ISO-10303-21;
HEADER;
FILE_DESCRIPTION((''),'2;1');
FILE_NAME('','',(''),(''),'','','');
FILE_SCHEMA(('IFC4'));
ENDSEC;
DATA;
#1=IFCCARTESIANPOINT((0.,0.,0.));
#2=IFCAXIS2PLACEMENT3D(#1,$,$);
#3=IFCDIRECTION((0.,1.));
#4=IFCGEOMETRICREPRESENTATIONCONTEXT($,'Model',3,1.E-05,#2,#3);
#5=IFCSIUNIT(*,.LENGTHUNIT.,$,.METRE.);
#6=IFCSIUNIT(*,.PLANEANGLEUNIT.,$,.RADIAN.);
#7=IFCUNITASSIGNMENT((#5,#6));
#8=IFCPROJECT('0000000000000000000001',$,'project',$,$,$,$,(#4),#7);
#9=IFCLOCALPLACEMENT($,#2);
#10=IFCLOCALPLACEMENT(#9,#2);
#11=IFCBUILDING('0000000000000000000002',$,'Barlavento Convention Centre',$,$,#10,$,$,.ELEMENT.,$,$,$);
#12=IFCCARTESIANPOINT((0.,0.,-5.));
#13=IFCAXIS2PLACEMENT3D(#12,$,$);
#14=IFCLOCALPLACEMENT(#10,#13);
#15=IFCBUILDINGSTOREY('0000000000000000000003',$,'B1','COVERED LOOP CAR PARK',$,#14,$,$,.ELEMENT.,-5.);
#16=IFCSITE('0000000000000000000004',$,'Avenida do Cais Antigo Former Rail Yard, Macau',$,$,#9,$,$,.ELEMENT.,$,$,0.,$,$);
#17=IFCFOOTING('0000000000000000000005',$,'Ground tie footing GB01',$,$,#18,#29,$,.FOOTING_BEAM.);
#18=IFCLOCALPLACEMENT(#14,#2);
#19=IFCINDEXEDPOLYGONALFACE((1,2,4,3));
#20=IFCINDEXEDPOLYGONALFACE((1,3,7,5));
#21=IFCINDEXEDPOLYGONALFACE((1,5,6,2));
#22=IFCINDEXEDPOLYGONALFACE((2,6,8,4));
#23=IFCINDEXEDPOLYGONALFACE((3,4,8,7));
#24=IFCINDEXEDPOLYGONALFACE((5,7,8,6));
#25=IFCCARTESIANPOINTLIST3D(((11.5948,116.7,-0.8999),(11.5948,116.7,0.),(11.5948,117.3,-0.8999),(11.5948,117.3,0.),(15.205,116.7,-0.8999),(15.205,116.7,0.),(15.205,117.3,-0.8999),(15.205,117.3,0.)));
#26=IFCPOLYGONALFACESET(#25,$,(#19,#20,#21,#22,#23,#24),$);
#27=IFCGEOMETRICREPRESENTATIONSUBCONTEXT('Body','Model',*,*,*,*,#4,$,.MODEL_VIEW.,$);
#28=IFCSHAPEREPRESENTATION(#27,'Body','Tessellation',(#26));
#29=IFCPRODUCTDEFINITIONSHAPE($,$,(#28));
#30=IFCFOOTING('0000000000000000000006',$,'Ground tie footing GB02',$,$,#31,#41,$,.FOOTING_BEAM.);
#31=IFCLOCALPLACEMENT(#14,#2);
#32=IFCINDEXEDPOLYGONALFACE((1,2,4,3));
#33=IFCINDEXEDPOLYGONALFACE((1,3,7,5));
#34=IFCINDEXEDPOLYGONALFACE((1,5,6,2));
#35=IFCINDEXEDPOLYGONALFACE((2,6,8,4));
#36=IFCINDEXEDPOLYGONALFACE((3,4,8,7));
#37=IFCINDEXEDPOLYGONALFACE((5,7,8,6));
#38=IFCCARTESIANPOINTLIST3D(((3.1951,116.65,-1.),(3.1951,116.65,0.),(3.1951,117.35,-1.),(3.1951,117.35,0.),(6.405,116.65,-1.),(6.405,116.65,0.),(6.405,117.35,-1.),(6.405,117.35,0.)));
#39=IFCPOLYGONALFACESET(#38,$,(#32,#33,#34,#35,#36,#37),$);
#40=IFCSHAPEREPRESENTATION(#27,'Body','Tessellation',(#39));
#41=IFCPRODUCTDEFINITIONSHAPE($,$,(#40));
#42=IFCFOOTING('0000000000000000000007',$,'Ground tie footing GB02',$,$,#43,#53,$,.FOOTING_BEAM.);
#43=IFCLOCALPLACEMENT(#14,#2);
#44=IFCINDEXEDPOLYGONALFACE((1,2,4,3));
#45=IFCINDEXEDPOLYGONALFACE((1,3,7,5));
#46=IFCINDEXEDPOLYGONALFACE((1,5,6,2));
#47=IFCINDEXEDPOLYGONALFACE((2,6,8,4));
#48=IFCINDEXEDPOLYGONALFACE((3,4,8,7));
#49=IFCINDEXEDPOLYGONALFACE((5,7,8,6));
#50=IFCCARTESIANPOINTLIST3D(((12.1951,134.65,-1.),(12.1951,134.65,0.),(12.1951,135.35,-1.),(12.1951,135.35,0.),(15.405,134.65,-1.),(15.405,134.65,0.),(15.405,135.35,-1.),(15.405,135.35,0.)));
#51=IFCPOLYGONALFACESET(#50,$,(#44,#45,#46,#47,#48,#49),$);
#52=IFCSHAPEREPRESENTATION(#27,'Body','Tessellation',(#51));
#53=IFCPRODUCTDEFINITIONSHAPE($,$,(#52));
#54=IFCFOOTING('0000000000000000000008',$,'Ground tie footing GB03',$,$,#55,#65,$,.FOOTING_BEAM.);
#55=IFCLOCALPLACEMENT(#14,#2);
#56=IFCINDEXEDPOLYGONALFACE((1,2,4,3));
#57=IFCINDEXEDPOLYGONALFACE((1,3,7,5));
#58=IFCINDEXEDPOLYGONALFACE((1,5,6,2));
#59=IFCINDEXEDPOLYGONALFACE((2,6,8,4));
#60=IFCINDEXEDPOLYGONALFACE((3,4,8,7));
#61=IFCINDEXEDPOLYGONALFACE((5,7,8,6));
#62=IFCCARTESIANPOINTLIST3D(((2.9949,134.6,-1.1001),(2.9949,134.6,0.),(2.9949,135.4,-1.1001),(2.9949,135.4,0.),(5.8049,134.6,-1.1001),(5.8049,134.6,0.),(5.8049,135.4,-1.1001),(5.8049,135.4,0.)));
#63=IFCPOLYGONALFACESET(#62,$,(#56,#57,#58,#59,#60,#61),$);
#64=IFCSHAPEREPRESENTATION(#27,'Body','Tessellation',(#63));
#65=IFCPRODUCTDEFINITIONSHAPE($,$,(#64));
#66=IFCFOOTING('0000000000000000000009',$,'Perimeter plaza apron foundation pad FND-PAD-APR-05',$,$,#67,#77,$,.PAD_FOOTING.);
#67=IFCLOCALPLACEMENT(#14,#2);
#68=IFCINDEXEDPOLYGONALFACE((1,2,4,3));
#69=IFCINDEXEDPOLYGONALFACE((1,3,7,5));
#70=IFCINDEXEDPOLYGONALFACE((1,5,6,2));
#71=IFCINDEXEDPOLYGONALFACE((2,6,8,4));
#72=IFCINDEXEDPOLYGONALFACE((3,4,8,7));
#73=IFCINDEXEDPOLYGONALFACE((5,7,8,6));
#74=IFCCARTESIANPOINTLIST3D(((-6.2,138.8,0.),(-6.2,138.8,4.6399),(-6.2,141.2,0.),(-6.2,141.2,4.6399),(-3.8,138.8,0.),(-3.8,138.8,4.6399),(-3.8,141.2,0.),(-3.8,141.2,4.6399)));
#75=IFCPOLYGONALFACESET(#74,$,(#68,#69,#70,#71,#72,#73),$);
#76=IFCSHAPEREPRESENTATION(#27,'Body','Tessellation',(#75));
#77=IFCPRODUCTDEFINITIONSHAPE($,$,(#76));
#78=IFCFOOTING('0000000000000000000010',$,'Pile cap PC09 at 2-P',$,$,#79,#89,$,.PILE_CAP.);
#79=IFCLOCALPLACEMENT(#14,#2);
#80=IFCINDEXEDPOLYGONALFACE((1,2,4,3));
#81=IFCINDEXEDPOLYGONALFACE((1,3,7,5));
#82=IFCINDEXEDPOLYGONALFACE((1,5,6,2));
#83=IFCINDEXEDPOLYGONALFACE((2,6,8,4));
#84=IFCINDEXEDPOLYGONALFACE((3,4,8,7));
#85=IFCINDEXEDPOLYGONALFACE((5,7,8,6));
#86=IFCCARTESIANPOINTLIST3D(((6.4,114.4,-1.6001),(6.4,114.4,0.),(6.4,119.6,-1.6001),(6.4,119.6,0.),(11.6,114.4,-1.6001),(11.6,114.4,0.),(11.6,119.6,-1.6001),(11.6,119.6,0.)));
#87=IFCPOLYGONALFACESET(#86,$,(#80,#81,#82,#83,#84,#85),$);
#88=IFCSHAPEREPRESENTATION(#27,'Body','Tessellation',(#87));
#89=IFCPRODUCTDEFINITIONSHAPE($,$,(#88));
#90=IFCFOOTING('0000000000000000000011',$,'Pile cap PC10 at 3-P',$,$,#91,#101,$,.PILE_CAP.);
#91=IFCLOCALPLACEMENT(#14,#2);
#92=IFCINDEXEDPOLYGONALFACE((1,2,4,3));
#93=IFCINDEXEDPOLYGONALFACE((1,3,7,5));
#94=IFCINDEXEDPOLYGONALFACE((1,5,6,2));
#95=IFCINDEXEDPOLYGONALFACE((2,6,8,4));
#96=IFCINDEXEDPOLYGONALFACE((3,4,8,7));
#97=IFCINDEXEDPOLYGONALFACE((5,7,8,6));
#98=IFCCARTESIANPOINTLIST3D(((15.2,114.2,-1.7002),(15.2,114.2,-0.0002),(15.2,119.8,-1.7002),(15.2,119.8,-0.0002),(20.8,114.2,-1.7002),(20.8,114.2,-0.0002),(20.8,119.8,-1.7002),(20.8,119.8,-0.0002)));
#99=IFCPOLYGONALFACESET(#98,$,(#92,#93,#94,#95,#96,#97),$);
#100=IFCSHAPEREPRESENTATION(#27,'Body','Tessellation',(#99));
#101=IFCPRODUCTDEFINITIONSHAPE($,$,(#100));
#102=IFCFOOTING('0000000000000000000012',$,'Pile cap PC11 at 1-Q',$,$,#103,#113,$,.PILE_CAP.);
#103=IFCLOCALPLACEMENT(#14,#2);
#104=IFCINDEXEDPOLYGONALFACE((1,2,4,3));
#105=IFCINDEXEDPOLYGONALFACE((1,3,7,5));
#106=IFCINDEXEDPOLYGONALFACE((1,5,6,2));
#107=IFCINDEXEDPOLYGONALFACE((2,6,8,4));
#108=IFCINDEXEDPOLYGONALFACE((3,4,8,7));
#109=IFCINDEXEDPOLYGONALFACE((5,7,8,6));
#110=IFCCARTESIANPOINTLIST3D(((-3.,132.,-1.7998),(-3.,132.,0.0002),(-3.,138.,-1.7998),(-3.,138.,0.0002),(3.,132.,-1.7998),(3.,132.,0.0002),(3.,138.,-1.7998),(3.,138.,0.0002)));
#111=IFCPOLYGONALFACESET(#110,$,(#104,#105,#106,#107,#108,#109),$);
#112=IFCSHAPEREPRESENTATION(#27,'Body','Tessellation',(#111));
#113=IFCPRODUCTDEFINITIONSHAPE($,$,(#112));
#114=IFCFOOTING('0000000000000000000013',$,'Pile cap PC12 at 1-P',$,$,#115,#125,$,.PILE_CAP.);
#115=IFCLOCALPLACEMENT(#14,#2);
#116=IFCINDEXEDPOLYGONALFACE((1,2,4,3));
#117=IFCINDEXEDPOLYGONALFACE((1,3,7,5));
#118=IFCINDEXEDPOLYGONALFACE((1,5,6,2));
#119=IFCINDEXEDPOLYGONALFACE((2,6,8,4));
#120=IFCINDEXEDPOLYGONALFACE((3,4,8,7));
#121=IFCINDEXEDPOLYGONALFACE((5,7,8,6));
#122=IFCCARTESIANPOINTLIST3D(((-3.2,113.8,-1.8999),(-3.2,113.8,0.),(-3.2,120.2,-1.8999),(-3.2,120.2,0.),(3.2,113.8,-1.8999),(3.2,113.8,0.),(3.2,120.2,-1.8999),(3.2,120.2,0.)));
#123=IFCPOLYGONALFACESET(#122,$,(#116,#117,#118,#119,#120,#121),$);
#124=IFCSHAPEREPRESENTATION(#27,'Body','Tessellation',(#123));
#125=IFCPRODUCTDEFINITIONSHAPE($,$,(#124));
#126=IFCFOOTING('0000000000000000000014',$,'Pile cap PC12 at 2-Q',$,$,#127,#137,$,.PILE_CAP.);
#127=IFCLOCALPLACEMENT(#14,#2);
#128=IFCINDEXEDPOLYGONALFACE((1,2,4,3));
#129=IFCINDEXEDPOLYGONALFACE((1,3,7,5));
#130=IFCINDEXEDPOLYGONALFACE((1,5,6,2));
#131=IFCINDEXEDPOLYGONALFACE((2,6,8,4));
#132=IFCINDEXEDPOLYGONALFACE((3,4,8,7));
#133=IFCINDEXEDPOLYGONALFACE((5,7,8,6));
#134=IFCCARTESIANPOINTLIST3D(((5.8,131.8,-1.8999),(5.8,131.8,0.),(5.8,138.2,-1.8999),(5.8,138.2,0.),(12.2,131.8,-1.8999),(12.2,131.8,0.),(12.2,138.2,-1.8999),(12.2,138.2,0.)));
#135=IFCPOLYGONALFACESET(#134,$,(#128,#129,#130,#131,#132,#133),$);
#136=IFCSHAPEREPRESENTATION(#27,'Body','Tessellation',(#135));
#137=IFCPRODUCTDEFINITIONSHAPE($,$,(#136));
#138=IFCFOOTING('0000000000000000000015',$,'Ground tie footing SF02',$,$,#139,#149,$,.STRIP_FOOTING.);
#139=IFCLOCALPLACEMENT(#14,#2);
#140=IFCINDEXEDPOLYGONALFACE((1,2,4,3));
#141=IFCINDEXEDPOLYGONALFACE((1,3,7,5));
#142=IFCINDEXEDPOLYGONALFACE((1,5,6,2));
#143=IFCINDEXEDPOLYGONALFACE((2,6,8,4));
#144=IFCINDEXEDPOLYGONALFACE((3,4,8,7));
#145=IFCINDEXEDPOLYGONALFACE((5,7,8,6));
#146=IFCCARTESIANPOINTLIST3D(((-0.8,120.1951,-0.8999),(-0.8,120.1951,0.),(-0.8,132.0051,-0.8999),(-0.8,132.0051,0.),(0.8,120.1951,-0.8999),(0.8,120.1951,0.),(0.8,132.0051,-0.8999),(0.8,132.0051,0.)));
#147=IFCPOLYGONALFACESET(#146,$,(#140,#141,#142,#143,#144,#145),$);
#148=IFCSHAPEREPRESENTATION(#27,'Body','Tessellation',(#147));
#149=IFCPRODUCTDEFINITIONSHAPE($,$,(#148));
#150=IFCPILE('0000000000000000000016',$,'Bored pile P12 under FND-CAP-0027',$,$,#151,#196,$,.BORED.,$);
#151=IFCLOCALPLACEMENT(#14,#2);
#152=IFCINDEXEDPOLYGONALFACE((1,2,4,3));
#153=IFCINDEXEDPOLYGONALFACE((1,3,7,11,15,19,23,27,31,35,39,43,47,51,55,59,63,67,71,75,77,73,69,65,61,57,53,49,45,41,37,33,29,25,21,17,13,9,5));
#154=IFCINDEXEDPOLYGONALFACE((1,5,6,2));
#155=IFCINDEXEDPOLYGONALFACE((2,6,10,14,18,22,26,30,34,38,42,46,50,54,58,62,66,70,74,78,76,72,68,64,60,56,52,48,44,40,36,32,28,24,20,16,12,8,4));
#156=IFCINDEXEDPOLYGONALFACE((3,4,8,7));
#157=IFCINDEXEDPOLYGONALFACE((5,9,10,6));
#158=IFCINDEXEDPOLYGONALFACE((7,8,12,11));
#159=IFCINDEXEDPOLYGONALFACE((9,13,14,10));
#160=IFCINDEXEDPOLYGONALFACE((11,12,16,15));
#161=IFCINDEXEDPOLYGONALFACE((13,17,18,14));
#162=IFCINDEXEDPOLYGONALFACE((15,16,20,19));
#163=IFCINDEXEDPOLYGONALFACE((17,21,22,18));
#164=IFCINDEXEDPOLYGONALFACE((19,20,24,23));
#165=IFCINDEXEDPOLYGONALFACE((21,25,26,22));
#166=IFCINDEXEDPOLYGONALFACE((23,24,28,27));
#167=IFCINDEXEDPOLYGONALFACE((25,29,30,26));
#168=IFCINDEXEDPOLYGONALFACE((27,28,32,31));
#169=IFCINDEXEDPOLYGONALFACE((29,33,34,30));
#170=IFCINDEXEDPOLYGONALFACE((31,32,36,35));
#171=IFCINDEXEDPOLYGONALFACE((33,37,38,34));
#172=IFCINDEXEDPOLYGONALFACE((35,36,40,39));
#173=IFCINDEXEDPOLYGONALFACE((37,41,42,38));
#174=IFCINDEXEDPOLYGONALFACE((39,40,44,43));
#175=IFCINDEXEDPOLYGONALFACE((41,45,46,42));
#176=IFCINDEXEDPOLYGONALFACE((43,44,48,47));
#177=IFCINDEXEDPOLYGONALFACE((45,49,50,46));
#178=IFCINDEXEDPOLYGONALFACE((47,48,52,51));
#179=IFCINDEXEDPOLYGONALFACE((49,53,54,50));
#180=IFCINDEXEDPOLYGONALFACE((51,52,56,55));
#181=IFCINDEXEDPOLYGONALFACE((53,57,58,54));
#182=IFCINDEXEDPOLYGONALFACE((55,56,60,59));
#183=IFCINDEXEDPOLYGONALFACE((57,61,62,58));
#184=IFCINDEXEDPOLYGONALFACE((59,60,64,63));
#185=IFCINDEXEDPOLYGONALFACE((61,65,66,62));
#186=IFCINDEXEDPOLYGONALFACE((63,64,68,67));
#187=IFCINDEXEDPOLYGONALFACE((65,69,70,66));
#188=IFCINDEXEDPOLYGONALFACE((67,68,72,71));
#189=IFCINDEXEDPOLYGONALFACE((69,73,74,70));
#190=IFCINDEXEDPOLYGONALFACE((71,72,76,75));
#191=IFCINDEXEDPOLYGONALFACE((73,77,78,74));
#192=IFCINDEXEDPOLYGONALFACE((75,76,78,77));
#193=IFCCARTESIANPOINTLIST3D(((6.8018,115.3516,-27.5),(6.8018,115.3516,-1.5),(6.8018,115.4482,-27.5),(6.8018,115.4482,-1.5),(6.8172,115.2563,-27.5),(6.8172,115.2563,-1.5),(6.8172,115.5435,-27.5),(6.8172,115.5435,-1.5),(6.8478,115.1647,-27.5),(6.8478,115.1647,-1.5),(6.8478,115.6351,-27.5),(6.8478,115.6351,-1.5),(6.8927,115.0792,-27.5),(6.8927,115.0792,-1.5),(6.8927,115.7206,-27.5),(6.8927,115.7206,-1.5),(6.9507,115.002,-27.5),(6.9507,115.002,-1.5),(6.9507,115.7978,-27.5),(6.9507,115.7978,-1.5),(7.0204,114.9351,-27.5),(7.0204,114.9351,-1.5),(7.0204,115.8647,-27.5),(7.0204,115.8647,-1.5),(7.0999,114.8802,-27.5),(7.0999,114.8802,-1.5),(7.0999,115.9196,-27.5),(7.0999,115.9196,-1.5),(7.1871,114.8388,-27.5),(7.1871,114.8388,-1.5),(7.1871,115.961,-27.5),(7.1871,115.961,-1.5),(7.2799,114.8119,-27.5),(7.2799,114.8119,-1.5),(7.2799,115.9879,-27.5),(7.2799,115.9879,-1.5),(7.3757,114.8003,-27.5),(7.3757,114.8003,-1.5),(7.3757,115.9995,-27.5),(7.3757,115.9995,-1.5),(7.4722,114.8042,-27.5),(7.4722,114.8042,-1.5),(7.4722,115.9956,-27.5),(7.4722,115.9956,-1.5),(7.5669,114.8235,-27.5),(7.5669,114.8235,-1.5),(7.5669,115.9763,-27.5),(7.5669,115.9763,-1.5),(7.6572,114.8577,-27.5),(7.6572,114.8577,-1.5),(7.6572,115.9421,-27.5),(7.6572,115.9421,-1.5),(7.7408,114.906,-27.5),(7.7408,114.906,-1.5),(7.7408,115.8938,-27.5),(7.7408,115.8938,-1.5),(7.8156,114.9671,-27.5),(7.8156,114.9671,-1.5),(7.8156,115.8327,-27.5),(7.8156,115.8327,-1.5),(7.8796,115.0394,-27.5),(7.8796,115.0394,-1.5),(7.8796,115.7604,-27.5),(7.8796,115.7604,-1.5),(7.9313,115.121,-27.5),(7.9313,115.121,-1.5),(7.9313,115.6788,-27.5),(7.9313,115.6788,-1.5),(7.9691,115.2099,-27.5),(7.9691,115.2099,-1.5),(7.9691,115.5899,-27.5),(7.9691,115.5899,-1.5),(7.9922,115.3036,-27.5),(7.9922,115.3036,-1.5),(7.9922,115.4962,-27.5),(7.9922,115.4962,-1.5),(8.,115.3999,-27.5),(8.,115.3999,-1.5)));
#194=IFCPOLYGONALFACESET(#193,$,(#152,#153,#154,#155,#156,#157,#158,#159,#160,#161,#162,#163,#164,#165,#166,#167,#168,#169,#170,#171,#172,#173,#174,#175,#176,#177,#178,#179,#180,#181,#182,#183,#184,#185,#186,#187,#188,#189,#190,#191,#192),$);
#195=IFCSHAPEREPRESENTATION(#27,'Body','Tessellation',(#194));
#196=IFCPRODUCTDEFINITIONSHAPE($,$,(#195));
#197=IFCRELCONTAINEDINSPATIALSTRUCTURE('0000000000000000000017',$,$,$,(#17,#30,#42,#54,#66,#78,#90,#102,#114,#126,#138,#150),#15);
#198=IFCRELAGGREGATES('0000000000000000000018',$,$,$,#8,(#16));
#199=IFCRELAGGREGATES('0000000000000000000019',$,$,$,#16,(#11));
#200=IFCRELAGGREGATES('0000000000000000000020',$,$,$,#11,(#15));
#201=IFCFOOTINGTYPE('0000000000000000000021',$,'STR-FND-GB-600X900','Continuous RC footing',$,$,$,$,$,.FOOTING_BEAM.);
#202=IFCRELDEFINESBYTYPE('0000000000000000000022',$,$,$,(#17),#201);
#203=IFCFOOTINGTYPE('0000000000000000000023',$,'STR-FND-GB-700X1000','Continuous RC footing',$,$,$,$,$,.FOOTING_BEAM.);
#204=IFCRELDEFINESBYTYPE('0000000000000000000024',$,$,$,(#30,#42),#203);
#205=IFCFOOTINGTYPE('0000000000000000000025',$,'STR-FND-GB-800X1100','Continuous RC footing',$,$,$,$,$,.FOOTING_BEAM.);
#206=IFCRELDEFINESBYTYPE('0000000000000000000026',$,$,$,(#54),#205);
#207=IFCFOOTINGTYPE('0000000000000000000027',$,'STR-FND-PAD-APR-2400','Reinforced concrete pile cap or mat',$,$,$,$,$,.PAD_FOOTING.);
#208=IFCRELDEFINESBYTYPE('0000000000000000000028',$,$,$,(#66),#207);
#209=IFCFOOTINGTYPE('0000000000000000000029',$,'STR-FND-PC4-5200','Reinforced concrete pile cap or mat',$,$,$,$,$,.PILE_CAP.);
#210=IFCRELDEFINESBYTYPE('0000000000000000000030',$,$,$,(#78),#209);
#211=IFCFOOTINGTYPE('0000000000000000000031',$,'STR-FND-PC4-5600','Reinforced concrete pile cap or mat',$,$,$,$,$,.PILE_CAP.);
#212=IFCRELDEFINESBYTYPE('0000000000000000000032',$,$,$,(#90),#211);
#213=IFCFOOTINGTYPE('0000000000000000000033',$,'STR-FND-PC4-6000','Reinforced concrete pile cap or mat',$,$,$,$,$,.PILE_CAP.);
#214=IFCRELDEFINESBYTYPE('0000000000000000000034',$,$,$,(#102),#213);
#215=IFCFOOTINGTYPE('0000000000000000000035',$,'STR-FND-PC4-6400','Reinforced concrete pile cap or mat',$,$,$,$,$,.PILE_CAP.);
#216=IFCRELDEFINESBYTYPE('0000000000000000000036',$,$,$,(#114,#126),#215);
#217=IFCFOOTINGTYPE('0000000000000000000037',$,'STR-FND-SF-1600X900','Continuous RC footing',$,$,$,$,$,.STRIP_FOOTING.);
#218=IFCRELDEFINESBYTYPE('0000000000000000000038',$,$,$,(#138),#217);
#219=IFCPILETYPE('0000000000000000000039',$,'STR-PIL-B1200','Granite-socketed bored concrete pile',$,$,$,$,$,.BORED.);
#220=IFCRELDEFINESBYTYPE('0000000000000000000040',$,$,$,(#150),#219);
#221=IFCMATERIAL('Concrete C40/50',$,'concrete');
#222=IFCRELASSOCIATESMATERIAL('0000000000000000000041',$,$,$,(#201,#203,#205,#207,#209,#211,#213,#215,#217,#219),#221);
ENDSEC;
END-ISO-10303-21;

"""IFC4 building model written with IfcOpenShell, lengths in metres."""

from ifc_helpers import new_model, si_unit, direction, frame, origin, origin_2d, place, context, subcontext, project, spatial, rectangle, circle, extrude, material, material_profile, profile_set, type_object, element, save


model = new_model("IFC4")

# Units and contexts
model_context = context("Model", 3, precision=1e-05, world=origin(), true_north=direction((0.0, 1.0)))
body_context = subcontext(model_context, "Body", "Model", "MODEL_VIEW")
ifc_project = project(units=[si_unit("LENGTHUNIT", "METRE"), si_unit("PLANEANGLEUNIT", "RADIAN")], contexts=[model_context])

# Site, building, storey
site_placement = place(None, origin())
site = spatial("IfcSite", under=ifc_project, at=site_placement, Name="Avenida do Cais Antigo Former Rail Yard, Macau", CompositionType="ELEMENT", RefElevation=0.0)
building_placement = place(site_placement, origin())
building = spatial("IfcBuilding", under=site, at=building_placement, Name="Barlavento Convention Centre", CompositionType="ELEMENT")
storey_placement = place(building_placement, frame((0.0, 0.0, -5.0)))
storey = spatial("IfcBuildingStorey", under=building, at=storey_placement, Name="B1", Description="COVERED LOOP CAR PARK", CompositionType="ELEMENT", Elevation=-5.0)

# Footings
ifc_material_1 = material(Name="Concrete C40/50", Category="concrete")
footing_type_1 = type_object("IfcFootingType", Name="STR-FND-GB-600X900", Description="Continuous RC footing", PredefinedType="FOOTING_BEAM", material=ifc_material_1)
footing_1_placement = place(storey_placement, frame((13.3999, 117.0, -0.8999), z_axis=(0.0, 0.0, 1.0), x_axis=(1.0, 0.0, 0.0)))
element("IfcFooting", 1, at=footing_1_placement, inside=storey, type_object=footing_type_1, Name="Ground tie footing GB01", PredefinedType="FOOTING_BEAM", context=body_context, shape_type="SweptSolid", body=[
    extrude(rectangle(XDim=3.6101, YDim=0.6001, at=origin_2d()), origin(), (0.0, 0.0, 1.0), 0.8999),
])
footing_type_2 = type_object("IfcFootingType", Name="STR-FND-GB-700X1000", Description="Continuous RC footing", PredefinedType="FOOTING_BEAM", material=ifc_material_1)
for number, where, z_axis, x_axis, name in (
    (2, (4.8, 117.0, -1.0), (0.0, 0.0, 1.0), (1.0, 0.0, 0.0), "Ground tie footing GB02"),
    (3, (13.8, 135.0, -1.0), (0.0, 0.0, 1.0), (1.0, 0.0, 0.0), "Ground tie footing GB02"),
):
    element("IfcFooting", number, at=place(storey_placement, frame(where, z_axis=z_axis, x_axis=x_axis)), inside=storey, type_object=footing_type_2, Name=name, PredefinedType="FOOTING_BEAM", context=body_context, shape_type="SweptSolid", body=[
        extrude(rectangle(XDim=3.21, YDim=0.7, at=origin_2d()), origin(), (0.0, 0.0, 1.0), 1.0),
    ])
footing_type_3 = type_object("IfcFootingType", Name="STR-FND-GB-800X1100", Description="Continuous RC footing", PredefinedType="FOOTING_BEAM", material=ifc_material_1)
footing_2_placement = place(storey_placement, frame((4.3999, 135.0, -1.1001), z_axis=(0.0, 0.0, 1.0), x_axis=(1.0, 0.0, 0.0)))
element("IfcFooting", 4, at=footing_2_placement, inside=storey, type_object=footing_type_3, Name="Ground tie footing GB03", PredefinedType="FOOTING_BEAM", context=body_context, shape_type="SweptSolid", body=[
    extrude(rectangle(XDim=2.8101, YDim=0.8, at=origin_2d()), origin(), (0.0, 0.0, 1.0), 1.1001),
])
footing_type_4 = type_object("IfcFootingType", Name="STR-FND-PAD-APR-2400", Description="Reinforced concrete pile cap or mat", PredefinedType="PAD_FOOTING", material=ifc_material_1)
footing_3_placement = place(storey_placement, frame((-5.0, 140.0, 0.0), z_axis=(0.0, 0.0, 1.0), x_axis=(1.0, 0.0, 0.0)))
element("IfcFooting", 5, at=footing_3_placement, inside=storey, type_object=footing_type_4, Name="Perimeter plaza apron foundation pad FND-PAD-APR-05", PredefinedType="PAD_FOOTING", context=body_context, shape_type="SweptSolid", body=[
    extrude(rectangle(XDim=2.3999, YDim=2.3999, at=origin_2d()), origin(), (0.0, 0.0, 1.0), 4.6399),
])
footing_type_5 = type_object("IfcFootingType", Name="STR-FND-PC4-5200", Description="Reinforced concrete pile cap or mat", PredefinedType="PILE_CAP", material=ifc_material_1)
footing_4_placement = place(storey_placement, frame((9.0, 117.0, -1.6001), z_axis=(0.0, 0.0, 1.0), x_axis=(1.0, 0.0, 0.0)))
element("IfcFooting", 6, at=footing_4_placement, inside=storey, type_object=footing_type_5, Name="Pile cap PC09 at 2-P", PredefinedType="PILE_CAP", context=body_context, shape_type="SweptSolid", body=[
    extrude(rectangle(XDim=5.2, YDim=5.2, at=origin_2d()), origin(), (0.0, 0.0, 1.0), 1.6001),
])
footing_type_6 = type_object("IfcFootingType", Name="STR-FND-PC4-5600", Description="Reinforced concrete pile cap or mat", PredefinedType="PILE_CAP", material=ifc_material_1)
footing_5_placement = place(storey_placement, frame((18.0, 117.0, -1.7002), z_axis=(0.0, 0.0, 1.0), x_axis=(1.0, 0.0, 0.0)))
element("IfcFooting", 7, at=footing_5_placement, inside=storey, type_object=footing_type_6, Name="Pile cap PC10 at 3-P", PredefinedType="PILE_CAP", context=body_context, shape_type="SweptSolid", body=[
    extrude(rectangle(XDim=5.6001, YDim=5.6001, at=origin_2d()), origin(), (0.0, 0.0, 1.0), 1.7),
])
footing_type_7 = type_object("IfcFootingType", Name="STR-FND-PC4-6000", Description="Reinforced concrete pile cap or mat", PredefinedType="PILE_CAP", material=ifc_material_1)
footing_6_placement = place(storey_placement, frame((0.0, 135.0, -1.7998), z_axis=(0.0, 0.0, 1.0), x_axis=(1.0, 0.0, 0.0)))
element("IfcFooting", 8, at=footing_6_placement, inside=storey, type_object=footing_type_7, Name="Pile cap PC11 at 1-Q", PredefinedType="PILE_CAP", context=body_context, shape_type="SweptSolid", body=[
    extrude(rectangle(XDim=6.0, YDim=6.0, at=origin_2d()), origin(), (0.0, 0.0, 1.0), 1.8),
])
footing_type_8 = type_object("IfcFootingType", Name="STR-FND-PC4-6400", Description="Reinforced concrete pile cap or mat", PredefinedType="PILE_CAP", material=ifc_material_1)
for number, where, z_axis, x_axis, name in (
    (9, (0.0, 117.0, -1.8999), (0.0, 0.0, 1.0), (1.0, 0.0, 0.0), "Pile cap PC12 at 1-P"),
    (10, (9.0, 135.0, -1.8999), (0.0, 0.0, 1.0), (1.0, 0.0, 0.0), "Pile cap PC12 at 2-Q"),
):
    element("IfcFooting", number, at=place(storey_placement, frame(where, z_axis=z_axis, x_axis=x_axis)), inside=storey, type_object=footing_type_8, Name=name, PredefinedType="PILE_CAP", context=body_context, shape_type="SweptSolid", body=[
        extrude(rectangle(XDim=6.3999, YDim=6.3999, at=origin_2d()), origin(), (0.0, 0.0, 1.0), 1.8999),
    ])
footing_type_9 = type_object("IfcFootingType", Name="STR-FND-SF-1600X900", Description="Continuous RC footing", PredefinedType="STRIP_FOOTING", material=ifc_material_1)
footing_7_placement = place(storey_placement, frame((0.0, 126.1001, -0.8999), z_axis=(0.0, 0.0, 1.0), x_axis=(1.0, 0.0, 0.0)))
element("IfcFooting", 11, at=footing_7_placement, inside=storey, type_object=footing_type_9, Name="Ground tie footing SF02", PredefinedType="STRIP_FOOTING", context=body_context, shape_type="SweptSolid", body=[
    extrude(rectangle(XDim=1.6001, YDim=11.8101, at=origin_2d()), origin(), (0.0, 0.0, 1.0), 0.8999),
])

# Pile
ifc_material_profile_1 = material_profile(ifc_material_1, circle(Radius=0.6001, at=origin_2d()), Name="BORED PILE 1200")
ifc_profile_set_1 = profile_set([ifc_material_profile_1], Name="Concrete C40/50")
pile_type_1 = type_object("IfcPileType", Name="STR-PIL-B1200", Description="Granite-socketed bored concrete pile", PredefinedType="BORED", material=ifc_profile_set_1)
for number, where, z_axis, x_axis, name in (
    (12, (7.3999, 115.3999, -1.5), (0.0, 0.0, -1.0), (1.0, 0.0, 0.0), "Bored pile P12 under FND-CAP-0027"),
):
    element("IfcPile", number, at=place(storey_placement, frame(where, z_axis=z_axis, x_axis=x_axis)), inside=storey, type_object=pile_type_1, Name=name, PredefinedType="BORED", context=body_context, shape_type="SweptSolid", body=[
        extrude(circle(Radius=0.6001, at=origin_2d()), origin(), (0.0, 0.0, 1.0), 26.0),
    ])

save(model, "model.ifc")
